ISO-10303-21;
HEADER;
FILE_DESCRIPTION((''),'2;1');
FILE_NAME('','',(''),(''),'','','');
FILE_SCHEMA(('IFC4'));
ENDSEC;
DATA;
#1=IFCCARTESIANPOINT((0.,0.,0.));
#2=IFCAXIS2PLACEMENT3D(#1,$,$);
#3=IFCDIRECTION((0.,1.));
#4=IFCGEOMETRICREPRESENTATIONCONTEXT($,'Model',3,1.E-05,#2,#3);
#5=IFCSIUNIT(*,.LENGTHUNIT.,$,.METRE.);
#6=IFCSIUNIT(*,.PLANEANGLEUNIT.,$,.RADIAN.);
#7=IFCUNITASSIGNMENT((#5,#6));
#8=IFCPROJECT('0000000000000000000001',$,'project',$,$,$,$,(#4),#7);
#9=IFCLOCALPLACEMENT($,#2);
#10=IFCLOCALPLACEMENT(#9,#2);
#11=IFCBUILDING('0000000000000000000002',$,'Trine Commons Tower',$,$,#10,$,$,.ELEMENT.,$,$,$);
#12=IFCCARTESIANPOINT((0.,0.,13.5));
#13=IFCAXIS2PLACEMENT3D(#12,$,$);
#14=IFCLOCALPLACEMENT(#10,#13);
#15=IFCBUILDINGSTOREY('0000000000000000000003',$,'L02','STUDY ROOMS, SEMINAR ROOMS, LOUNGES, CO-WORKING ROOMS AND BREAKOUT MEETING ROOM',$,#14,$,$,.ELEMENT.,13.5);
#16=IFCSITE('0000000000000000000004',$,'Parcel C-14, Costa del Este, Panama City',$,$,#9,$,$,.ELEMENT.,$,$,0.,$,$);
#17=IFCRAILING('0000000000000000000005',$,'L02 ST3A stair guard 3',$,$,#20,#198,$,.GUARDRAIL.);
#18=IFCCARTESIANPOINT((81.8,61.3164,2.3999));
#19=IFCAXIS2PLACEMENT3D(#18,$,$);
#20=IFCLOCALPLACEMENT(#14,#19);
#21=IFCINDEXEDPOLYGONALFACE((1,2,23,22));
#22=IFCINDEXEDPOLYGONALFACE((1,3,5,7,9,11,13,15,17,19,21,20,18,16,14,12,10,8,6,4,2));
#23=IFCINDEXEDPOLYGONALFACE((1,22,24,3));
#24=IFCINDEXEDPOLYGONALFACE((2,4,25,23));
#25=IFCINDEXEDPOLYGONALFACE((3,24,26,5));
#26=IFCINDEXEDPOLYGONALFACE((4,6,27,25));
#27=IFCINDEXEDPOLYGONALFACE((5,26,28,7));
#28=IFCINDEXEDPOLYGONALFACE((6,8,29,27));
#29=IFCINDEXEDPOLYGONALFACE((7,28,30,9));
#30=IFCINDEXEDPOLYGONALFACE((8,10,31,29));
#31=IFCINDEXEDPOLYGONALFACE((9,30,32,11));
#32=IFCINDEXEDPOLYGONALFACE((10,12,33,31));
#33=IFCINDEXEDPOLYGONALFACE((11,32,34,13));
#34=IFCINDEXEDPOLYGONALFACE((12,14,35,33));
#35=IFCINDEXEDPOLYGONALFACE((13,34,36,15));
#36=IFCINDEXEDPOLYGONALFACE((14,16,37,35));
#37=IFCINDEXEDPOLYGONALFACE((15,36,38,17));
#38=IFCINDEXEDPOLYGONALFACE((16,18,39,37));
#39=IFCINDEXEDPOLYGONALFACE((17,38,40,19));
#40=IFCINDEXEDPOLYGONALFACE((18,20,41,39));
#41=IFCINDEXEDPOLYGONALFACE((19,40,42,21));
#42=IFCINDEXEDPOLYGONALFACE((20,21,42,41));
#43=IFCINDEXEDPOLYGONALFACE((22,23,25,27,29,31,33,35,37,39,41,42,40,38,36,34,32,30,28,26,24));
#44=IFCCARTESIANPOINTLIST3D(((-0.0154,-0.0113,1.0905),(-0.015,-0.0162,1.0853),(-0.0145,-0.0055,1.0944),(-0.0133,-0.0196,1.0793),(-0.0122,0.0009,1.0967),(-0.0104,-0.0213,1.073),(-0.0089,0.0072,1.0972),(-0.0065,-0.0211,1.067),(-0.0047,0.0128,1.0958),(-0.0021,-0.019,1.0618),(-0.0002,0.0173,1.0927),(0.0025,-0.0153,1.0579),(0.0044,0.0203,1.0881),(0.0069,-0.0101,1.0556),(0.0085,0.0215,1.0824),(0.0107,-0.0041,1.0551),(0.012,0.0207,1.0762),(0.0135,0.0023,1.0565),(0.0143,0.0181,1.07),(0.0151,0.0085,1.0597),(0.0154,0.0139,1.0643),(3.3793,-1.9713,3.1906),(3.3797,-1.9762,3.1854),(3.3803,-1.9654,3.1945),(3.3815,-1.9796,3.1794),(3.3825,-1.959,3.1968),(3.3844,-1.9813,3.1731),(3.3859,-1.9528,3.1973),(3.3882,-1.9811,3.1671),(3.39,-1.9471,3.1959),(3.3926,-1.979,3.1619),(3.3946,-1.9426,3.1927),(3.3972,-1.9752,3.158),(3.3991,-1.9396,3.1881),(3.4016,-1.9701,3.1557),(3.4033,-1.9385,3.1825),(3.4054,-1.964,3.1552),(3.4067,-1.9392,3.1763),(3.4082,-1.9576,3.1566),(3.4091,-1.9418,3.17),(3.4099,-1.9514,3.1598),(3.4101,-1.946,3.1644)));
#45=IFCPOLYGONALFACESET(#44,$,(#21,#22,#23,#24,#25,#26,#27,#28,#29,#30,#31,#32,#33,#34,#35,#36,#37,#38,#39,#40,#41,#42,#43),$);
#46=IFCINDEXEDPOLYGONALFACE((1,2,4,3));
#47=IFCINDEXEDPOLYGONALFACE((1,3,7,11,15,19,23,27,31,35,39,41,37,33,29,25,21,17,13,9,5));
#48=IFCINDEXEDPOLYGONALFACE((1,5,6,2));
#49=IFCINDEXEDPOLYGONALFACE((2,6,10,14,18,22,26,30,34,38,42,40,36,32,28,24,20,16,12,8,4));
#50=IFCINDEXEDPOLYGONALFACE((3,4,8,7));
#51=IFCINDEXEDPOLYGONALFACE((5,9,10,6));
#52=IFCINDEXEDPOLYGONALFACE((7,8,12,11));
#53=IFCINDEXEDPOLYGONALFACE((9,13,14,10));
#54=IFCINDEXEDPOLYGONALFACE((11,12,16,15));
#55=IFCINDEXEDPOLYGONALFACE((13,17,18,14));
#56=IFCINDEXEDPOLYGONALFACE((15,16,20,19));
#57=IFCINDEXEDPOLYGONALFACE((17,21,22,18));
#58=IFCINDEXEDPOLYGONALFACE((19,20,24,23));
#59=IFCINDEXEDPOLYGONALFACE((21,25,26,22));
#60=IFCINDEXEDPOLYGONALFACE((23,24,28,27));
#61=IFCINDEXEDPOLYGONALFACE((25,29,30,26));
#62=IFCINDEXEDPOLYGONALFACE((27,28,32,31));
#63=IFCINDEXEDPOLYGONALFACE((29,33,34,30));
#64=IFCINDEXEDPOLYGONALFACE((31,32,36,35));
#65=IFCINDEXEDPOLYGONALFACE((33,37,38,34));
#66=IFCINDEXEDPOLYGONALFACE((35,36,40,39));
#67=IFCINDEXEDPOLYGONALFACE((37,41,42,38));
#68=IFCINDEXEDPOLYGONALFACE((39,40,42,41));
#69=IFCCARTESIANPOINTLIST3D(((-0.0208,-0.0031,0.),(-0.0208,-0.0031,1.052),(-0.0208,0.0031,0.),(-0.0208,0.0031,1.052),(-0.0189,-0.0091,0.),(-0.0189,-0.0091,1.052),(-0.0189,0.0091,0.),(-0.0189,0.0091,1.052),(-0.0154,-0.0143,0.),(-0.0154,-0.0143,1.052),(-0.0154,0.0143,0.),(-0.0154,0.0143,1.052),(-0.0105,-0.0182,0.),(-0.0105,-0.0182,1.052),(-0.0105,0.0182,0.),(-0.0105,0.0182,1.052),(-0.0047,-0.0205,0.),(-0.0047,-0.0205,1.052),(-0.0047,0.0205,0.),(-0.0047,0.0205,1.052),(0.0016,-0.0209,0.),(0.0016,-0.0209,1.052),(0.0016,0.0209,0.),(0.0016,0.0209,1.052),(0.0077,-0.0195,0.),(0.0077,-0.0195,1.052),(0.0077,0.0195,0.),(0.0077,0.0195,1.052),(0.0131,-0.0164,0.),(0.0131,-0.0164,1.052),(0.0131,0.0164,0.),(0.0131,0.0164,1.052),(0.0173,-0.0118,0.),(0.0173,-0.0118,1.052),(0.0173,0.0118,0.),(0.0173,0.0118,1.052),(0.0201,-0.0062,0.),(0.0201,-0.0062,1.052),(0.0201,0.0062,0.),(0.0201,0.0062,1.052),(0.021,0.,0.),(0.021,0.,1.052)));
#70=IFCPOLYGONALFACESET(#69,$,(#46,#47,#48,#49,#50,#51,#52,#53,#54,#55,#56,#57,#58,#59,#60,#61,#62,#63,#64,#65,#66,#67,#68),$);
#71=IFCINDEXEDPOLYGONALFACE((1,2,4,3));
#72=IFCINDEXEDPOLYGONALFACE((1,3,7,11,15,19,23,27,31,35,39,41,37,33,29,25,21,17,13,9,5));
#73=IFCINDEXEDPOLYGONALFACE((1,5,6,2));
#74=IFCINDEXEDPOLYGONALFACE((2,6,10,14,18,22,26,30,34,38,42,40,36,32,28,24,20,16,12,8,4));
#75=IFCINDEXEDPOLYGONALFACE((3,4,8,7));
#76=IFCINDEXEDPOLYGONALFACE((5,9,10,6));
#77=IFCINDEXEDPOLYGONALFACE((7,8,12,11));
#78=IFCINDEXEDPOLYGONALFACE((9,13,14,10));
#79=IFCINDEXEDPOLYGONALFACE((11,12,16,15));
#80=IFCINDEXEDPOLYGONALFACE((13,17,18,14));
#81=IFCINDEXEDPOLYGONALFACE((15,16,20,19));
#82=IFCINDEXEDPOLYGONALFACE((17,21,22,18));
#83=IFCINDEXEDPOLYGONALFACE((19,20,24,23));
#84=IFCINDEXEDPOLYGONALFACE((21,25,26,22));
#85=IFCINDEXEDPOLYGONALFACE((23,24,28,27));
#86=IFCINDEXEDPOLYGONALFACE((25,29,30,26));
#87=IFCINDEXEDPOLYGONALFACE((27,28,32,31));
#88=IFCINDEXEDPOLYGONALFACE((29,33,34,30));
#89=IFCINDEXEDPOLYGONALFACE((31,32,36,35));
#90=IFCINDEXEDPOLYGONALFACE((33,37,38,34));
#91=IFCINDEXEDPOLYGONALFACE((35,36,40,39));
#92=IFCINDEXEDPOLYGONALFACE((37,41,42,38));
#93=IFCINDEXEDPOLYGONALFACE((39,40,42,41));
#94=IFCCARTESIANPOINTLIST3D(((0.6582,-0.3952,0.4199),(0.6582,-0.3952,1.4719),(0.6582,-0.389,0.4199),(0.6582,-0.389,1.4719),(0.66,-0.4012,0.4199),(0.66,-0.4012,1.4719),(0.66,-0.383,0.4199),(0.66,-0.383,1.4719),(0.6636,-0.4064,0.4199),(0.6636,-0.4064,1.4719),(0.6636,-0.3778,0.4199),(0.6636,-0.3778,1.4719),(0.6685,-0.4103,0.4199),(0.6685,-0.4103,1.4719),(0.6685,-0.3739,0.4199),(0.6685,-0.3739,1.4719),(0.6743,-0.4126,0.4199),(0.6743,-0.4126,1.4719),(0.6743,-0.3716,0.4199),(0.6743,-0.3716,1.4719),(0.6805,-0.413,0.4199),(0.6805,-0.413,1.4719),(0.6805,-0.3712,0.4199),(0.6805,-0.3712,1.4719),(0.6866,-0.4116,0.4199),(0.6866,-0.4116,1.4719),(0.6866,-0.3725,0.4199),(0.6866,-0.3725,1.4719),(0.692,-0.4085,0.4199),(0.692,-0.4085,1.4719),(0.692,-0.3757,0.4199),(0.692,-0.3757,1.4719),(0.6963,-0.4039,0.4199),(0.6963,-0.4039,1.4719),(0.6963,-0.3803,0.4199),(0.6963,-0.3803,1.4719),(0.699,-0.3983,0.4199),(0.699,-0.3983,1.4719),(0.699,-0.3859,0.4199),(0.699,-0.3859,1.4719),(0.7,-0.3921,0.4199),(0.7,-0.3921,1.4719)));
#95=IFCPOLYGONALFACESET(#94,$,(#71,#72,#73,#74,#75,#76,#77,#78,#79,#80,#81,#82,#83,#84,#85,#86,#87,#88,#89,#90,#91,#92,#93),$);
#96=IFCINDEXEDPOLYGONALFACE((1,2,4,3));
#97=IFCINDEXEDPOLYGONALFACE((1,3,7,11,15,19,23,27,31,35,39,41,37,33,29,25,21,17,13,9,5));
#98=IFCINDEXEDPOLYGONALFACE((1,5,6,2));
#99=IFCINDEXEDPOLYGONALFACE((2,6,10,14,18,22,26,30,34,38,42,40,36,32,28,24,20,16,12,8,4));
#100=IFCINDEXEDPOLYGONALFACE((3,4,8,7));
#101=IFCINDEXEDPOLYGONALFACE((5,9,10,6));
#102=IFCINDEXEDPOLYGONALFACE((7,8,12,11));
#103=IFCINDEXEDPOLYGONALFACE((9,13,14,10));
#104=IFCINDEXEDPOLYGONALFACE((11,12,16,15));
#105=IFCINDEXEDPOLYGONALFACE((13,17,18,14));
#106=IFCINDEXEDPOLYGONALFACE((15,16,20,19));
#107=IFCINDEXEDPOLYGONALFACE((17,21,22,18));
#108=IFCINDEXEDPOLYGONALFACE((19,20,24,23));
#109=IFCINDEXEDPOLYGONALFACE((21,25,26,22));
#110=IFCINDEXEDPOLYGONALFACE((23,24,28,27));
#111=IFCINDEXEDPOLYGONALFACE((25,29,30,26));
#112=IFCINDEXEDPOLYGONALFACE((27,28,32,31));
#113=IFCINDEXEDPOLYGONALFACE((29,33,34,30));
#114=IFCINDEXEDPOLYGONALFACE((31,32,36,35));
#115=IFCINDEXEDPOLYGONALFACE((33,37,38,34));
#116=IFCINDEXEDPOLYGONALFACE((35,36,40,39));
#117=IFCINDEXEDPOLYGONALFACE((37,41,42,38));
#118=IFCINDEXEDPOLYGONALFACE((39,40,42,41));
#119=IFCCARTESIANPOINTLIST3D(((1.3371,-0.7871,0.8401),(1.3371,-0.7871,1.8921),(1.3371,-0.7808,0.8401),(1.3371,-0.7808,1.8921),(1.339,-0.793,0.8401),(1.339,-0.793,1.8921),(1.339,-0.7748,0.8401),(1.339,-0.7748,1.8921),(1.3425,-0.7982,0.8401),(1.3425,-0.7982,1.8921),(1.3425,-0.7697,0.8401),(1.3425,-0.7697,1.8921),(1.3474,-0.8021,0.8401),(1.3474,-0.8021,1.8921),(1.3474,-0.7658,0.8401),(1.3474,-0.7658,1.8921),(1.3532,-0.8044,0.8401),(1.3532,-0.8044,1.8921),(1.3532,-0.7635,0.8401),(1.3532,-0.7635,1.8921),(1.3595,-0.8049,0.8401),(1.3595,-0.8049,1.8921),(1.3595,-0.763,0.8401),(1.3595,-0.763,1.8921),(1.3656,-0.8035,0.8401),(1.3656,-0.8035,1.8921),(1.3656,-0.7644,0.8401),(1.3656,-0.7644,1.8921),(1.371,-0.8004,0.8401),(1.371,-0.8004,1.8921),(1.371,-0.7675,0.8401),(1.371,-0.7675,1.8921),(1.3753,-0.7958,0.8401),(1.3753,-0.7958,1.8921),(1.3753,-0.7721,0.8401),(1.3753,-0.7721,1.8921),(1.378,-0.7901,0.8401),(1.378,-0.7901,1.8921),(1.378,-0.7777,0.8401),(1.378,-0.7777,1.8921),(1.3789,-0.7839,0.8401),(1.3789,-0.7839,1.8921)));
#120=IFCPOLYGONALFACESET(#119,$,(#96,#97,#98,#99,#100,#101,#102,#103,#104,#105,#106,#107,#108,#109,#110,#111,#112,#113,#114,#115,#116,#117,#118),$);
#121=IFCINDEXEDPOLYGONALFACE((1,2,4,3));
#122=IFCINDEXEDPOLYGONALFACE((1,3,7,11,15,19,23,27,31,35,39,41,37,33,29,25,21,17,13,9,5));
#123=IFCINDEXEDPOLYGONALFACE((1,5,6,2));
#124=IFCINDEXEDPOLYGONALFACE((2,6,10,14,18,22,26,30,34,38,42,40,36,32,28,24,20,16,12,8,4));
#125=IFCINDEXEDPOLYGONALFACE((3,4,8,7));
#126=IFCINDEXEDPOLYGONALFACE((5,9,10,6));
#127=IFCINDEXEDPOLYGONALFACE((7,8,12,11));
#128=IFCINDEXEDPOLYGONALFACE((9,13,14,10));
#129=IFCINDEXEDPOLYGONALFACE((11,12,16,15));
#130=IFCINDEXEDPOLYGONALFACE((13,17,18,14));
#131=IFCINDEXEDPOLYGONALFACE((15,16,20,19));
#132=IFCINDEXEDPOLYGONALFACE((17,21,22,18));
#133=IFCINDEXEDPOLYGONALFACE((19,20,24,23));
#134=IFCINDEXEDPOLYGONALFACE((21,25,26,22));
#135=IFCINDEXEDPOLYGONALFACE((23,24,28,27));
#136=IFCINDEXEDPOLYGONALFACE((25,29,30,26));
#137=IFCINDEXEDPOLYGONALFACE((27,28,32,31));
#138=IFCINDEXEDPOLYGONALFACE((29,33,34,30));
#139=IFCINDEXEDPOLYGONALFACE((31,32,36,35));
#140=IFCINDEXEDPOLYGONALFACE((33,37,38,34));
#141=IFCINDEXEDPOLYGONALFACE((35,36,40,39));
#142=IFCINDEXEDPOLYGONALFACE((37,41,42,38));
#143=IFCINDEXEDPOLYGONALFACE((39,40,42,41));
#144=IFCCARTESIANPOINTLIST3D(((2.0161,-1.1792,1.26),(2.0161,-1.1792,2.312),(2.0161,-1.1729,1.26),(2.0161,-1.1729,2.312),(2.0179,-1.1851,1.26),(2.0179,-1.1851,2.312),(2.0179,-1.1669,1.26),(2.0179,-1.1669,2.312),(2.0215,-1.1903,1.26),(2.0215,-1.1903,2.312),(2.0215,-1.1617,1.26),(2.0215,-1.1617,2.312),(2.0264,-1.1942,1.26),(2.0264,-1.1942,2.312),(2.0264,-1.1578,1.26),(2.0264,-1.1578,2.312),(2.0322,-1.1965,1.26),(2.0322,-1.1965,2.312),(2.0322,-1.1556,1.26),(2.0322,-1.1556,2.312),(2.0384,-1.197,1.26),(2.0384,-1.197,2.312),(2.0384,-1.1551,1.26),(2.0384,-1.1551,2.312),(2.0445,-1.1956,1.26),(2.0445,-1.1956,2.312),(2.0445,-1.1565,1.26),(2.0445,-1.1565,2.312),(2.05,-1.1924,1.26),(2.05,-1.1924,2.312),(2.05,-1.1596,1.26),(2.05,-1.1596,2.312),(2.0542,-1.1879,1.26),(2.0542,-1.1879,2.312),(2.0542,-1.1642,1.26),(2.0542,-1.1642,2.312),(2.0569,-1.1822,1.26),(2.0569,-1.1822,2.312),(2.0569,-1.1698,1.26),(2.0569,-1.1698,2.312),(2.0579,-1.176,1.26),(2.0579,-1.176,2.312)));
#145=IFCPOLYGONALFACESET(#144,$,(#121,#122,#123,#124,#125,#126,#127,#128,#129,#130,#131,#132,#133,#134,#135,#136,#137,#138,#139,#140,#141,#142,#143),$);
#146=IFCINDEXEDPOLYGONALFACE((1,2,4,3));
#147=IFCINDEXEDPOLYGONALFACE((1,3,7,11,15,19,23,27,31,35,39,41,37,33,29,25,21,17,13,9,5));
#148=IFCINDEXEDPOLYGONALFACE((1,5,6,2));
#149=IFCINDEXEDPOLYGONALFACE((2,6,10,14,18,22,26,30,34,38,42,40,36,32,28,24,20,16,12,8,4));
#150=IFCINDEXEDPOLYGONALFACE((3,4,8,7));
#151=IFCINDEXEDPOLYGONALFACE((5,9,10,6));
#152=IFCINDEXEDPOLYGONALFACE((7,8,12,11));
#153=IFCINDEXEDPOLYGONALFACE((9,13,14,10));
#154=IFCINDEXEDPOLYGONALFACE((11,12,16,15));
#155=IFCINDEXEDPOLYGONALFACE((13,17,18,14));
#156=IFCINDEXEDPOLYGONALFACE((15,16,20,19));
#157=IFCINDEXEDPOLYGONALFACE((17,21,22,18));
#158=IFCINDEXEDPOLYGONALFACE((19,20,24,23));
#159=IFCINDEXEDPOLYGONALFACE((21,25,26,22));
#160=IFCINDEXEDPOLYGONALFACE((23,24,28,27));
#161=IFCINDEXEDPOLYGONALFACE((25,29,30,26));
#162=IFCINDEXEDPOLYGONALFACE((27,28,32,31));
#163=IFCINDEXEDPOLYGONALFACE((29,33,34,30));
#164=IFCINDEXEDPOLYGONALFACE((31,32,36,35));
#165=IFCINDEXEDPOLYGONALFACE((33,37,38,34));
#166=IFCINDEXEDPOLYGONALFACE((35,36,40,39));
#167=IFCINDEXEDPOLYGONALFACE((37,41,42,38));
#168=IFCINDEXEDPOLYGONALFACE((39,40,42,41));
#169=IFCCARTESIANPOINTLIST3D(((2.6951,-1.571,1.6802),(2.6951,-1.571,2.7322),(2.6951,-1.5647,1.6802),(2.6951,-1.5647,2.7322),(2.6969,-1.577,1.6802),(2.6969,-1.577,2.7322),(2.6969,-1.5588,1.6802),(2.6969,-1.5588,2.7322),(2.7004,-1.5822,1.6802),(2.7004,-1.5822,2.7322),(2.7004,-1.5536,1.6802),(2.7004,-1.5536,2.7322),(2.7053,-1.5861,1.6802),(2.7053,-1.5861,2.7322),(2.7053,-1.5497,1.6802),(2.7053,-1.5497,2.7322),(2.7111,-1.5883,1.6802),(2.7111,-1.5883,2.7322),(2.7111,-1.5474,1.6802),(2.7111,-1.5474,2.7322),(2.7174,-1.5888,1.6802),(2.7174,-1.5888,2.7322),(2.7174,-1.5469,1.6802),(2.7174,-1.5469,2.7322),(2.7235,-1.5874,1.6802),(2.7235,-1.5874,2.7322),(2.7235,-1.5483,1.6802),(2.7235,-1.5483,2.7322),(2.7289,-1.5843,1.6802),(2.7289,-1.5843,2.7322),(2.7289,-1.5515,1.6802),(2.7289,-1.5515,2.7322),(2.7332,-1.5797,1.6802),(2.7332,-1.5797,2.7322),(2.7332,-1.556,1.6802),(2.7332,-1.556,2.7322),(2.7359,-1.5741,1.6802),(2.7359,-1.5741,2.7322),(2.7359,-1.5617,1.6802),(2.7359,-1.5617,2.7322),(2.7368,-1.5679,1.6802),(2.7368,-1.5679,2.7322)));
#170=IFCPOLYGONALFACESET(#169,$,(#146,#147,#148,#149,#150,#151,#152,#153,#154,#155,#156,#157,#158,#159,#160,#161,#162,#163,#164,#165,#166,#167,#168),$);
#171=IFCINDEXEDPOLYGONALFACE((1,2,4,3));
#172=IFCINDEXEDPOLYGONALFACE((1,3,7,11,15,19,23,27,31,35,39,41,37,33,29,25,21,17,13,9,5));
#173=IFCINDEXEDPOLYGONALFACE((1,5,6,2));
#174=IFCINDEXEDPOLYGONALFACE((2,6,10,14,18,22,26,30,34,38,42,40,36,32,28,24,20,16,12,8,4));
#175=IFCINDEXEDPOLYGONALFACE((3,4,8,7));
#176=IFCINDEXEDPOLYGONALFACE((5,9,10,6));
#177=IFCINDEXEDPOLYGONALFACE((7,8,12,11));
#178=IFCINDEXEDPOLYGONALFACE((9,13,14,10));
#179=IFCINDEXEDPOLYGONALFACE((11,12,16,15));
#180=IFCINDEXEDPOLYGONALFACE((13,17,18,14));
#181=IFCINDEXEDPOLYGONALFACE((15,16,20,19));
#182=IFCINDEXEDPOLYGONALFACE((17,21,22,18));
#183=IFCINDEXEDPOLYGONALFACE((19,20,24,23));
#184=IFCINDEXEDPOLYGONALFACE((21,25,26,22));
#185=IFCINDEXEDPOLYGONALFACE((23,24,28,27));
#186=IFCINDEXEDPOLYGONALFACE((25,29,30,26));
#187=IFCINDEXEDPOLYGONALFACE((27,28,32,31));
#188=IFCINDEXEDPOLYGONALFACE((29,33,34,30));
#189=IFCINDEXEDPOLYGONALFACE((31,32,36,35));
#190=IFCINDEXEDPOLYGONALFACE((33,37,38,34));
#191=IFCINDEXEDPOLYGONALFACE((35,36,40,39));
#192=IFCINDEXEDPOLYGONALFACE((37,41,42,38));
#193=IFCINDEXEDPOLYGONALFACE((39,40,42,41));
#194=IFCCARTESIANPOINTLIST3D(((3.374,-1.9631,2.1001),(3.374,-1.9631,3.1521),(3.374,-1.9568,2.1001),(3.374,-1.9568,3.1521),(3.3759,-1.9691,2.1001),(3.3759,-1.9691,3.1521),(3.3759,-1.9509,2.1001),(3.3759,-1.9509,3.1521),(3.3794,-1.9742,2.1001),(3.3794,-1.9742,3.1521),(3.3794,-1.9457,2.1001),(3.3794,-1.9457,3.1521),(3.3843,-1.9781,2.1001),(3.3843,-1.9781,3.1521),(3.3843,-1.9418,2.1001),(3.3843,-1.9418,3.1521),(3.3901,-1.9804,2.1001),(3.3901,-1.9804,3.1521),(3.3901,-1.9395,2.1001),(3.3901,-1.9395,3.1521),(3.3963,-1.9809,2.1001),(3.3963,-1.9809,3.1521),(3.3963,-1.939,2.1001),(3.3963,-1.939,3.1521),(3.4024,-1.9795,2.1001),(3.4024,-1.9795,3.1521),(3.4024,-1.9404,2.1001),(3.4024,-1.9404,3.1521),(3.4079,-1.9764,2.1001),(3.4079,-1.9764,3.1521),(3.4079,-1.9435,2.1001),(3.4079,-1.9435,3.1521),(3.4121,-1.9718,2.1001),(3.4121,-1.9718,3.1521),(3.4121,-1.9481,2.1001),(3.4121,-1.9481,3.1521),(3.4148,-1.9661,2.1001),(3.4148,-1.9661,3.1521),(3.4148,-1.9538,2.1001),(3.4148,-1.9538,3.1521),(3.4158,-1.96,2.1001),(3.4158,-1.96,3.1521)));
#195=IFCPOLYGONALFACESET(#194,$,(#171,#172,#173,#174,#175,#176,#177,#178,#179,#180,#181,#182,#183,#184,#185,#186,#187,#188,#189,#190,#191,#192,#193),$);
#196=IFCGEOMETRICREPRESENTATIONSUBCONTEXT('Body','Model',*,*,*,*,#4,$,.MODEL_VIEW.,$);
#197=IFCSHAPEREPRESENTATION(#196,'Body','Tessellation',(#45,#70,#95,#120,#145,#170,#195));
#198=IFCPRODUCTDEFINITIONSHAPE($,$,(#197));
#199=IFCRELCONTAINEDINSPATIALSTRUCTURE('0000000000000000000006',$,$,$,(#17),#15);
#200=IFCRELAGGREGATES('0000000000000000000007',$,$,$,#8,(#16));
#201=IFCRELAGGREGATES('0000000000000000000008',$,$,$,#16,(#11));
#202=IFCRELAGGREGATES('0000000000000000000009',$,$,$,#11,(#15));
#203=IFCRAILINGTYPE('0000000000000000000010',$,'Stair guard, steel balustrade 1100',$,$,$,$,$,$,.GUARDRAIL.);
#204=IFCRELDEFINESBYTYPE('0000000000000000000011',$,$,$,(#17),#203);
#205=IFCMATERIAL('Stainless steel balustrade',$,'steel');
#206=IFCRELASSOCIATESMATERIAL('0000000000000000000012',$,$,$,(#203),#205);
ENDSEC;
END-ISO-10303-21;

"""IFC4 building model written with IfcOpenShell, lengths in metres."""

from ifc_helpers import new_model, si_unit, direction, frame, origin, origin_2d, place, context, subcontext, project, spatial, circle, extrude, material, type_object, element, save


model = new_model("IFC4")

# Units and contexts
model_context = context("Model", 3, precision=1e-05, world=origin(), true_north=direction((0.0, 1.0)))
body_context = subcontext(model_context, "Body", "Model", "MODEL_VIEW")
ifc_project = project(units=[si_unit("LENGTHUNIT", "METRE"), si_unit("PLANEANGLEUNIT", "RADIAN")], contexts=[model_context])

# Site, building, storey
site_placement = place(None, origin())
site = spatial("IfcSite", under=ifc_project, at=site_placement, Name="Parcel C-14, Costa del Este, Panama City", CompositionType="ELEMENT", RefElevation=0.0)
building_placement = place(site_placement, origin())
building = spatial("IfcBuilding", under=site, at=building_placement, Name="Trine Commons Tower", CompositionType="ELEMENT")
storey_placement = place(building_placement, frame((0.0, 0.0, 13.5)))
storey = spatial("IfcBuildingStorey", under=building, at=storey_placement, Name="L02", Description="STUDY ROOMS, SEMINAR ROOMS, LOUNGES, CO-WORKING ROOMS AND BREAKOUT MEETING ROOM", CompositionType="ELEMENT", Elevation=13.5)

# Railing
ifc_material_1 = material(Name="Stainless steel balustrade", Category="steel")
railing_type_1 = type_object("IfcRailingType", Name="Stair guard, steel balustrade 1100", PredefinedType="GUARDRAIL", material=ifc_material_1)
railing_1_placement = place(storey_placement, frame((81.8, 61.3164, 2.3999)))
element("IfcRailing", 1, at=railing_1_placement, inside=storey, type_object=railing_type_1, Name="L02 ST3A stair guard 3", PredefinedType="GUARDRAIL", context=body_context, shape_type="SweptSolid", body=[
    extrude(circle(Radius=0.0239, at=origin_2d()), frame((0.0, 0.0, 1.0762), z_axis=(0.763375, -0.440732, 0.472244), x_axis=(0.499997, 0.866027, 0.0)), (0.0, 0.0, 1.0), 4.447),
    extrude(circle(Radius=0.021, at=origin_2d()), origin(), (0.0, 0.0, 1.0), 1.052),
    extrude(circle(Radius=0.021, at=origin_2d()), frame((0.679, -0.3921, 0.4199)), (0.0, 0.0, 1.0), 1.052),
    extrude(circle(Radius=0.021, at=origin_2d()), frame((1.3579, -0.7839, 0.8401)), (0.0, 0.0, 1.0), 1.052),
    extrude(circle(Radius=0.021, at=origin_2d()), frame((2.0369, -1.176, 1.26)), (0.0, 0.0, 1.0), 1.052),
    extrude(circle(Radius=0.021, at=origin_2d()), frame((2.7158, -1.5679, 1.6802)), (0.0, 0.0, 1.0), 1.052),
    extrude(circle(Radius=0.021, at=origin_2d()), frame((3.3948, -1.96, 2.1001)), (0.0, 0.0, 1.0), 1.052),
])

save(model, "model.ifc")
